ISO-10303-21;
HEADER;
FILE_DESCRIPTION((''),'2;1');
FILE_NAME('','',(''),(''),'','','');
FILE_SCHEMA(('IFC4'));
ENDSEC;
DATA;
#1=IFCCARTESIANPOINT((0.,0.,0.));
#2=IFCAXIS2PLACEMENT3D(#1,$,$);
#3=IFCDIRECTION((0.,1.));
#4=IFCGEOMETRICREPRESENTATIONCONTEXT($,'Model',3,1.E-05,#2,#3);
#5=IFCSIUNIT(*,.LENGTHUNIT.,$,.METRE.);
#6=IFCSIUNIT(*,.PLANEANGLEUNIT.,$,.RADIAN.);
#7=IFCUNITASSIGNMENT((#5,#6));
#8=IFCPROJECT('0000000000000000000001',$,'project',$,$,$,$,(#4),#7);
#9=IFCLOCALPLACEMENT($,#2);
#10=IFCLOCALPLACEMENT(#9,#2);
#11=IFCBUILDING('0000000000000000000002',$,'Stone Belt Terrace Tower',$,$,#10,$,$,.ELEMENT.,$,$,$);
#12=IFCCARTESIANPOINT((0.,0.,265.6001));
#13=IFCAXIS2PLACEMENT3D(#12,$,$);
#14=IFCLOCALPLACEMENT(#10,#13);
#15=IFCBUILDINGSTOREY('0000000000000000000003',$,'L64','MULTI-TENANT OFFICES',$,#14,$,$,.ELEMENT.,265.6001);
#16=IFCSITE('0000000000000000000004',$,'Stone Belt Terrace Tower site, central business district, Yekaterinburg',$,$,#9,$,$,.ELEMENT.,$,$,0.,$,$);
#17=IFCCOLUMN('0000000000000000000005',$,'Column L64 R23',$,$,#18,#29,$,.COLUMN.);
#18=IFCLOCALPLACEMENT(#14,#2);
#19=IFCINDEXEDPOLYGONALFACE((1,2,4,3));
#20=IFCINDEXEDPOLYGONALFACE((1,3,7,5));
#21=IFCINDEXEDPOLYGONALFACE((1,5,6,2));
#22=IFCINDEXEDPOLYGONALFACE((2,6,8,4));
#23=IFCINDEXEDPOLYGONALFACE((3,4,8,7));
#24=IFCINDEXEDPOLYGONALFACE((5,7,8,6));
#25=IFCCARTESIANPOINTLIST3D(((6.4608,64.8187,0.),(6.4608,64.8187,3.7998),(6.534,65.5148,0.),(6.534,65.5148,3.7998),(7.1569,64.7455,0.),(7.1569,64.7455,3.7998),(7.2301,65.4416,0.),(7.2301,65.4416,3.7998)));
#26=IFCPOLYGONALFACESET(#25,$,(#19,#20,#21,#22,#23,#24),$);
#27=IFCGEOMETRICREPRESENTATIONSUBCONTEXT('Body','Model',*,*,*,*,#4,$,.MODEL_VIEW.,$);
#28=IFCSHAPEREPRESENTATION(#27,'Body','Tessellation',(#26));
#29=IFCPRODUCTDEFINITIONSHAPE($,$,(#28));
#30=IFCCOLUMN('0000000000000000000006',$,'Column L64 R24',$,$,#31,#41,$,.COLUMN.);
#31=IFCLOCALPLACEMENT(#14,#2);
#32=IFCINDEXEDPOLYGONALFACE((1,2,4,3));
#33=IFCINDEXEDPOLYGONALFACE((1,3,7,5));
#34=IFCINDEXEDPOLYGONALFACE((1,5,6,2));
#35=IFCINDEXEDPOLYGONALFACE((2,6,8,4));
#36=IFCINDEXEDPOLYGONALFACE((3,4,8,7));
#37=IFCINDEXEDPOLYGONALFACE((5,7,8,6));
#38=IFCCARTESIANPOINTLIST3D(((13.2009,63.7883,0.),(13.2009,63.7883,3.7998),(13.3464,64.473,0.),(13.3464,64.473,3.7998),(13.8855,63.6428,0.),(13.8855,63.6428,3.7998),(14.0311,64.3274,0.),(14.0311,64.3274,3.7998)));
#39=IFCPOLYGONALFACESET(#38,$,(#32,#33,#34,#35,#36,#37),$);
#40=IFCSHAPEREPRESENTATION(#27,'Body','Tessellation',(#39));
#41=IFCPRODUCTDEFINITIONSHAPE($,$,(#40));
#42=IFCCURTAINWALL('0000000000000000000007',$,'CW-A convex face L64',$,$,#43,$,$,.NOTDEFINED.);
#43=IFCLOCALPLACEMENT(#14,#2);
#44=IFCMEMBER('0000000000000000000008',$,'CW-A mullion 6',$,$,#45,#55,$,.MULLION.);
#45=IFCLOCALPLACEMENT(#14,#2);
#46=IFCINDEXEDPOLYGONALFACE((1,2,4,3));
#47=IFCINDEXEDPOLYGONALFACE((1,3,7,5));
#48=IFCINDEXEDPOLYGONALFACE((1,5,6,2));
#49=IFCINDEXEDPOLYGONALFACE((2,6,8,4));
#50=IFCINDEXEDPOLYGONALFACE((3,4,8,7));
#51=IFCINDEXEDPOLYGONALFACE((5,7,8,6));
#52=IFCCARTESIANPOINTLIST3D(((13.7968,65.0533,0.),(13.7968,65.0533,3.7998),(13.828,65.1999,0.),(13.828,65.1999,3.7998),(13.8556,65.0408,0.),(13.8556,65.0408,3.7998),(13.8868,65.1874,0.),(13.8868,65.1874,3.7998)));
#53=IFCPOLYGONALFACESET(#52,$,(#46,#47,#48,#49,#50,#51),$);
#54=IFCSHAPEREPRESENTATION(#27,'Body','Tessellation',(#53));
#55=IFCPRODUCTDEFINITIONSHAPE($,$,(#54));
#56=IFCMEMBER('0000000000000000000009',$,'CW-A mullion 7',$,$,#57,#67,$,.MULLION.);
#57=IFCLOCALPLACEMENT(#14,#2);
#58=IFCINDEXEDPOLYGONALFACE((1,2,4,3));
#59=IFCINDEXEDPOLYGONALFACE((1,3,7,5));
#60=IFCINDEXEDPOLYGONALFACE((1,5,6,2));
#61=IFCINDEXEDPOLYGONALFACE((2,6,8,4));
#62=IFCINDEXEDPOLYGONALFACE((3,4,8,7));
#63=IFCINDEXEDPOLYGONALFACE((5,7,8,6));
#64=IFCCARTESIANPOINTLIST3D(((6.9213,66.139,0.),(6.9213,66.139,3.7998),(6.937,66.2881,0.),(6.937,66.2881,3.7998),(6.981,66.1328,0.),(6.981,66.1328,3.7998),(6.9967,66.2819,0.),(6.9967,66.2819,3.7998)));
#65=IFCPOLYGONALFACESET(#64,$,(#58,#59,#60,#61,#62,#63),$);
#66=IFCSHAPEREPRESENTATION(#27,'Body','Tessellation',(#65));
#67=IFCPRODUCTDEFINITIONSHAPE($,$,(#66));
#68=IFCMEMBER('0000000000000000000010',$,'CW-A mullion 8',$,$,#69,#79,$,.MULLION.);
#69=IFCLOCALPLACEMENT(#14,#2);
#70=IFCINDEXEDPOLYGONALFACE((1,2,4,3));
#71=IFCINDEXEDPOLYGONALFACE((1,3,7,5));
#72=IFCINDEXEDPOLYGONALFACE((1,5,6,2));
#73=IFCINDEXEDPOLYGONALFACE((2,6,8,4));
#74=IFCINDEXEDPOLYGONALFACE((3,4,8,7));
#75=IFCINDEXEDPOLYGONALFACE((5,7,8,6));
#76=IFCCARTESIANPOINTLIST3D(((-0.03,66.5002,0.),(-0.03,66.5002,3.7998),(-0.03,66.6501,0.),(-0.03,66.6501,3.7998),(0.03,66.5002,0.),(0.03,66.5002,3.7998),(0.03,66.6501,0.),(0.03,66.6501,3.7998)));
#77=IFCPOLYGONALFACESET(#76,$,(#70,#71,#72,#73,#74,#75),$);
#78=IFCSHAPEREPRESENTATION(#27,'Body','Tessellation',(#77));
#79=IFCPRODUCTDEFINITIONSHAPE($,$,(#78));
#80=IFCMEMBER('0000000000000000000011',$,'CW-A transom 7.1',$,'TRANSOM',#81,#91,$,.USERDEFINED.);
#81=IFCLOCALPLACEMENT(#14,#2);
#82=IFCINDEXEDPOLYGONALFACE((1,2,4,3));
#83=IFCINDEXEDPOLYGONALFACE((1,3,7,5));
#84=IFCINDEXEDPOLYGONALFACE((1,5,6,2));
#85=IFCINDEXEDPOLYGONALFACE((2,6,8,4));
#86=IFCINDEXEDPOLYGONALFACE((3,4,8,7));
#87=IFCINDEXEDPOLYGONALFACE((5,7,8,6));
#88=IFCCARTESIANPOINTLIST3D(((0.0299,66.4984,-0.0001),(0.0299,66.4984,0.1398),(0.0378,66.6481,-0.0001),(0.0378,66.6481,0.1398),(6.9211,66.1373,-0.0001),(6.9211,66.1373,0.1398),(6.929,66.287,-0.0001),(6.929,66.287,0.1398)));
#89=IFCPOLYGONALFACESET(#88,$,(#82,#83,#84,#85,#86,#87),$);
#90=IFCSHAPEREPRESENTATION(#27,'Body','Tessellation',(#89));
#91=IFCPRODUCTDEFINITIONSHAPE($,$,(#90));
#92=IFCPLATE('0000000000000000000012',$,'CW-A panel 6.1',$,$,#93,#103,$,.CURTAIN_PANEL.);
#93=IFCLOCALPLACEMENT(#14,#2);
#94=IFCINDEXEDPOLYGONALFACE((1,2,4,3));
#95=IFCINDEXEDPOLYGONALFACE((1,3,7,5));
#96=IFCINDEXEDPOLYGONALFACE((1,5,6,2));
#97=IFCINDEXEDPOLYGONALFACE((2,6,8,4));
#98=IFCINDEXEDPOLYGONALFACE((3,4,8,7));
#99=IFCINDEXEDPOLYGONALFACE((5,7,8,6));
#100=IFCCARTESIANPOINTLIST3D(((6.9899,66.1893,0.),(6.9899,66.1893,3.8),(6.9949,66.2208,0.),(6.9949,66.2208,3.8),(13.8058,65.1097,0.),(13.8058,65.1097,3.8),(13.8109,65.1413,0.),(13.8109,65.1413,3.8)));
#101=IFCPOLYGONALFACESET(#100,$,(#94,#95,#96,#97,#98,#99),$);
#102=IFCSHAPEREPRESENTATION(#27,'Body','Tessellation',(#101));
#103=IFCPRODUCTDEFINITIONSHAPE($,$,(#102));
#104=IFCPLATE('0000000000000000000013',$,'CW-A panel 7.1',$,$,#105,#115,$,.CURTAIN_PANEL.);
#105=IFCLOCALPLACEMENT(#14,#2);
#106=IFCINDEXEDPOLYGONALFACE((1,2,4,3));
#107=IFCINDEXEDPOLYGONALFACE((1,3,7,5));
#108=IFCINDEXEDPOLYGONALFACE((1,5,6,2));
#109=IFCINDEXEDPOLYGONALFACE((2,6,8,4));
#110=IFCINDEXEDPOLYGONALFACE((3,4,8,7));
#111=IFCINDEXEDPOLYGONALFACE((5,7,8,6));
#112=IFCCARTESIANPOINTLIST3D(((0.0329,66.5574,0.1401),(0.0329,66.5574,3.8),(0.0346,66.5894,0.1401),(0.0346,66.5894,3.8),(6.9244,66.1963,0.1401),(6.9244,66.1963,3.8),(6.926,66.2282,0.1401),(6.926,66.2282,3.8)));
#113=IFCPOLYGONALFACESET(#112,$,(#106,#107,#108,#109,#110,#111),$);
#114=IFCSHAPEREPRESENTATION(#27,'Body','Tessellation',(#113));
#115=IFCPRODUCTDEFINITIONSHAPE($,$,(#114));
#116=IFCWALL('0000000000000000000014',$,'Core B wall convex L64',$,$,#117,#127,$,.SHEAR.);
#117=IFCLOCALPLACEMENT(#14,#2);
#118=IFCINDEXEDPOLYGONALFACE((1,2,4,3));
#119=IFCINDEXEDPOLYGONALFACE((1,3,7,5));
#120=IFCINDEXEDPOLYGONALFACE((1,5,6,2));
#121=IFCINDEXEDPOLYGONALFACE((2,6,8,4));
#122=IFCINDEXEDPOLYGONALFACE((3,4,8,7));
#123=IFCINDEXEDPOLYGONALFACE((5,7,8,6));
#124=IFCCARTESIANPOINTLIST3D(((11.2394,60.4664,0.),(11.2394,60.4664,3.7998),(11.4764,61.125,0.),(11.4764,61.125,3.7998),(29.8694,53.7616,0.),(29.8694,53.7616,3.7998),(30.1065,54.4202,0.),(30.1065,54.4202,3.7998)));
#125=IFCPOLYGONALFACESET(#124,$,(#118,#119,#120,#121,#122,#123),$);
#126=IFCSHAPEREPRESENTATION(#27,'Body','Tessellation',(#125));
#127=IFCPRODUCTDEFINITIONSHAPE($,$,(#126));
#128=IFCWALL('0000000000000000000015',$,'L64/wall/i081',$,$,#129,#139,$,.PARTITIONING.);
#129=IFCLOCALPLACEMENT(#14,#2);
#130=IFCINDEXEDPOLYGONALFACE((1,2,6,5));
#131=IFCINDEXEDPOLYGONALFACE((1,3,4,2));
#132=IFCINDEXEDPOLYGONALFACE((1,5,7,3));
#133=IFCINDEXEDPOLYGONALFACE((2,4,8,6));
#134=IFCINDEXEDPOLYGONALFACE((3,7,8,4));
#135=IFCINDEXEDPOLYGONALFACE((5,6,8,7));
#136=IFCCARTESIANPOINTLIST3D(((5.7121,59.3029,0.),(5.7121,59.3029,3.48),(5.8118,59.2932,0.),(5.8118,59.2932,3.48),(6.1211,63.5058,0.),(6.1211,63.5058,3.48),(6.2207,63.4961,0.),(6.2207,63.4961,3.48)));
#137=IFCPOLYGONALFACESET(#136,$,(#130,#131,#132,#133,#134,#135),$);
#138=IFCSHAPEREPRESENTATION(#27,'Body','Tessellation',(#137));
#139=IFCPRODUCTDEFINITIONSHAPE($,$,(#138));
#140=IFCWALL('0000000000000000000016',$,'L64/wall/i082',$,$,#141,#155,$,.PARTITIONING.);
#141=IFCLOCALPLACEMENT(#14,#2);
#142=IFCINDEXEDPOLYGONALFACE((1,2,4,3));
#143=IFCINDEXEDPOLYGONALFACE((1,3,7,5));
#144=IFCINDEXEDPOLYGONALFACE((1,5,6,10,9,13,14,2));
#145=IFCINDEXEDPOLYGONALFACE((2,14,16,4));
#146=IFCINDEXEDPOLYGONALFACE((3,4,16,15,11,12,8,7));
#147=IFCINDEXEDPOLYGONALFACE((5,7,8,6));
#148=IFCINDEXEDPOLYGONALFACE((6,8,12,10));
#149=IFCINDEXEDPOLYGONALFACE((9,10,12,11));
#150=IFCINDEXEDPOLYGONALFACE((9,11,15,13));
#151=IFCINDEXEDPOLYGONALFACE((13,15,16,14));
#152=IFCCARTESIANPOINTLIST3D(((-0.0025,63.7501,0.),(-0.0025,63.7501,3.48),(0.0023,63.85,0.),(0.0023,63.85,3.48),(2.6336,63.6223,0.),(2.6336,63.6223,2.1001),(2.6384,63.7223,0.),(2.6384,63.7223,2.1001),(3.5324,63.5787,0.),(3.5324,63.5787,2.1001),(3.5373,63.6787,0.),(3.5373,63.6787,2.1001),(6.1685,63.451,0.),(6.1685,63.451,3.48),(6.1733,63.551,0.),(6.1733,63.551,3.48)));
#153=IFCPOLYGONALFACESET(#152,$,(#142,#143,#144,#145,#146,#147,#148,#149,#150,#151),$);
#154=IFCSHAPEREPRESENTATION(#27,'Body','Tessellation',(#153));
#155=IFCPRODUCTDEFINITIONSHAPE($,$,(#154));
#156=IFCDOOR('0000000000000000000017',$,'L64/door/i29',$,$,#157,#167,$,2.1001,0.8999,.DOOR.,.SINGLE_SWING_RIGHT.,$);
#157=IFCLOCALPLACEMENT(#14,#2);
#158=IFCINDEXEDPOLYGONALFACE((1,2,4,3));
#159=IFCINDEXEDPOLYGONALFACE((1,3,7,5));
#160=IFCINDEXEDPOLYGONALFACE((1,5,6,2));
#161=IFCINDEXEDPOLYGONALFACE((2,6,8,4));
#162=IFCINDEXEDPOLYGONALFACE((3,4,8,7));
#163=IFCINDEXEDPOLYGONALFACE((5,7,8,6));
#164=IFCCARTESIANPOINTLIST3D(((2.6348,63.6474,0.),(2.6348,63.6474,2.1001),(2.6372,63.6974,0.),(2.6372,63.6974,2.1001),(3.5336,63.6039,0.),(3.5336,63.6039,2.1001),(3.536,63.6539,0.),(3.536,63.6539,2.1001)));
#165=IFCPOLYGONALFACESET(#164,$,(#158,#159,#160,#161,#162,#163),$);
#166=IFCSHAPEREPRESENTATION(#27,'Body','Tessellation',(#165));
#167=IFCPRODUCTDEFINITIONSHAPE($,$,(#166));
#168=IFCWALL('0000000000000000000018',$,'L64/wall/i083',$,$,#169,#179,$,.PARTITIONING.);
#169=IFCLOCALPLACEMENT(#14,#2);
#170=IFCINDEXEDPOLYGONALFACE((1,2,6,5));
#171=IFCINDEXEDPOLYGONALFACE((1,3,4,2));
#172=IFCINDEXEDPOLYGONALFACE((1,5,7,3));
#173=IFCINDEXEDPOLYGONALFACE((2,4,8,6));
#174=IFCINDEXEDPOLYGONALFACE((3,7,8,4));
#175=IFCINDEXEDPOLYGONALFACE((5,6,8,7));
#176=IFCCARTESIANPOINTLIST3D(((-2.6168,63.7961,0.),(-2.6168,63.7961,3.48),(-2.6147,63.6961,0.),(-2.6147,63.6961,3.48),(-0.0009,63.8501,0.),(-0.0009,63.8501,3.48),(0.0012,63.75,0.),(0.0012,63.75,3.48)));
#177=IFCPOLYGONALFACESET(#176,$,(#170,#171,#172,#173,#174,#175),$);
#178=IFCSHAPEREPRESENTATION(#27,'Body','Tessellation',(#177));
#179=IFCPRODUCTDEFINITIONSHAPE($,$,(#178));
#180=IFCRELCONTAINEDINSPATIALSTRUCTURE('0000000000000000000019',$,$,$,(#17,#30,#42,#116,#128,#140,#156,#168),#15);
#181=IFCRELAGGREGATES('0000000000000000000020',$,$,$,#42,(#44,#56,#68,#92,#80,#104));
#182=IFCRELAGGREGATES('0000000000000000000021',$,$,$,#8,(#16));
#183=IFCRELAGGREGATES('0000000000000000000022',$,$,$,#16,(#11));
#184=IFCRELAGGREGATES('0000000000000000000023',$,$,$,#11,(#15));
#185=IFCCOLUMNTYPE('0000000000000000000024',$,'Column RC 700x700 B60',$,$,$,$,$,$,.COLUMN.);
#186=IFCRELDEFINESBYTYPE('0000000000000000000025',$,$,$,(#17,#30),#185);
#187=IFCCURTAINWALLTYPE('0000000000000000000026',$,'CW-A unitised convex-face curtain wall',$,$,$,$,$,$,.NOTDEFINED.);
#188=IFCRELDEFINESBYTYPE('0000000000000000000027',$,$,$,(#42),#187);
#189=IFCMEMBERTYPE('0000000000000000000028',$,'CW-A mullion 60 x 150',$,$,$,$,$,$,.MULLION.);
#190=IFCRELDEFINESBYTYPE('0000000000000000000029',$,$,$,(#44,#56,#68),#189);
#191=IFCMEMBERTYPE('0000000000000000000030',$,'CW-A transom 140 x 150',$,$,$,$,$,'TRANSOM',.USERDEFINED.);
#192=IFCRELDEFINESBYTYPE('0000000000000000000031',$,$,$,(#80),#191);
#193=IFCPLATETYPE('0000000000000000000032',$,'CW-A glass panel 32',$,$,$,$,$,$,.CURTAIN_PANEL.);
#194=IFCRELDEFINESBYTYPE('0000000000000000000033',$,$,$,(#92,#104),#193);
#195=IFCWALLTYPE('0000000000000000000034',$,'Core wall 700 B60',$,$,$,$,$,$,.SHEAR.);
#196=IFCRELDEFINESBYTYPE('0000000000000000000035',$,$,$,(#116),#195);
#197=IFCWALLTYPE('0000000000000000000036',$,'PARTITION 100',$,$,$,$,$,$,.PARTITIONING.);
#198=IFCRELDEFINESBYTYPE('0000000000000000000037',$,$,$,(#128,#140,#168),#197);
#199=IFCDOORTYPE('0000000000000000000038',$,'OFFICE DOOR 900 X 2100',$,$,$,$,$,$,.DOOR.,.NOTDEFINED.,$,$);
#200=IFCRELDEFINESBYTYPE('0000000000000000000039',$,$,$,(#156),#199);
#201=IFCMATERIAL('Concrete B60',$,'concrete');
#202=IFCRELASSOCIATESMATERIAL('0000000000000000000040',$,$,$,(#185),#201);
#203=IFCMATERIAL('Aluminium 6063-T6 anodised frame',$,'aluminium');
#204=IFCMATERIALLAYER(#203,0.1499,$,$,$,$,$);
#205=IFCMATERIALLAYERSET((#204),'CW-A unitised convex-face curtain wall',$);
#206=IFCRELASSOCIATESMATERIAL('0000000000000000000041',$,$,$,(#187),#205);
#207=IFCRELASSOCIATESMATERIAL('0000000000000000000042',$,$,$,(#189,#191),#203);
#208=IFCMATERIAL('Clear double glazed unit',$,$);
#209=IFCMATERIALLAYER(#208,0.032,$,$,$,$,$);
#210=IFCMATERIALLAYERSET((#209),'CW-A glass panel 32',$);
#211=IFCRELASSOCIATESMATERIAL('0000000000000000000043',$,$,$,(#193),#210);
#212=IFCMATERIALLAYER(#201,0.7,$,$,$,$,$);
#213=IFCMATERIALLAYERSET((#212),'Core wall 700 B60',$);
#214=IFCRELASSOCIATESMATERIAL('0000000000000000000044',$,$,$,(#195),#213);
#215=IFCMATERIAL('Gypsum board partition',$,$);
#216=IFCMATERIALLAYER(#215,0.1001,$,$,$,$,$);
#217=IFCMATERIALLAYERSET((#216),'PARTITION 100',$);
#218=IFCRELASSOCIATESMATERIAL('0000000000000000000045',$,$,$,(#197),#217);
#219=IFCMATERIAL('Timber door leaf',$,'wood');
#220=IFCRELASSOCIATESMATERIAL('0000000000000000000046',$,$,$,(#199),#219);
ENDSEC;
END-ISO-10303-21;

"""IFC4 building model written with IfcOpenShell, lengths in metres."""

from ifc_helpers import new_model, si_unit, direction, frame, frame_2d, origin, origin_2d, place, context, subcontext, project, spatial, rectangle, extrude, material, layer, layer_set, material_profile, profile_set, type_object, element, fill, aggregate, save


model = new_model("IFC4")

# Units and contexts
model_context = context("Model", 3, precision=1e-05, world=origin(), true_north=direction((0.0, 1.0)))
body_context = subcontext(model_context, "Body", "Model", "MODEL_VIEW")
ifc_project = project(units=[si_unit("LENGTHUNIT", "METRE"), si_unit("PLANEANGLEUNIT", "RADIAN")], contexts=[model_context])

# Site, building, storey
site_placement = place(None, origin())
site = spatial("IfcSite", under=ifc_project, at=site_placement, Name="Stone Belt Terrace Tower site, central business district, Yekaterinburg", CompositionType="ELEMENT", RefElevation=0.0)
building_placement = place(site_placement, origin())
building = spatial("IfcBuilding", under=site, at=building_placement, Name="Stone Belt Terrace Tower", CompositionType="ELEMENT")
storey_placement = place(building_placement, frame((0.0, 0.0, 265.6001)))
storey = spatial("IfcBuildingStorey", under=building, at=storey_placement, Name="L64", Description="MULTI-TENANT OFFICES", CompositionType="ELEMENT", Elevation=265.6001)

# Columns
ifc_material_1 = material(Name="Concrete B60", Category="concrete")
ifc_material_profile_1 = material_profile(ifc_material_1, rectangle(XDim=0.7, YDim=0.7, at=origin_2d()), Name="RC 700x700")
ifc_profile_set_1 = profile_set([ifc_material_profile_1], Name="Concrete B60")
column_type = type_object("IfcColumnType", Name="Column RC 700x700 B60", PredefinedType="COLUMN", material=ifc_profile_set_1)
for number, where, z_axis, x_axis, name in (
    (1, (6.8455, 65.1301, 0.0), (0.0, 0.0, 1.0), (0.994522, -0.104528, 0.0), "Column L64 R23"),
    (2, (13.616, 64.0579, 0.0), (0.0, 0.0, 1.0), (0.978148, -0.207912, 0.0), "Column L64 R24"),
):
    element("IfcColumn", number, at=place(storey_placement, frame(where, z_axis=z_axis, x_axis=x_axis)), inside=storey, type_object=column_type, Name=name, PredefinedType="COLUMN", context=body_context, shape_type="SweptSolid", body=[
        extrude(rectangle(XDim=0.7, YDim=0.7, at=origin_2d()), origin(), (0.0, 0.0, 1.0), 3.7998),
    ])

# Curtain wall, members, plates
ifc_material_2 = material(Name="Aluminium 6063-T6 anodised frame", Category="aluminium")
ifc_layer_1 = layer(ifc_material_2, 0.1499)
ifc_layer_set_1 = layer_set([ifc_layer_1], Name="CW-A unitised convex-face curtain wall")
curtain_wall_type = type_object("IfcCurtainWallType", Name="CW-A unitised convex-face curtain wall", PredefinedType="NOTDEFINED", material=ifc_layer_set_1)
curtain_wall_placement = place(storey_placement, origin())
curtain_wall = element("IfcCurtainWall", 3, at=curtain_wall_placement, inside=storey, type_object=curtain_wall_type, Name="CW-A convex face L64", PredefinedType="NOTDEFINED")
ifc_material_profile_2 = material_profile(ifc_material_2, rectangle(XDim=0.1499, YDim=0.0601, at=origin_2d()), Name="Aluminium 6063-T6 60x150")
ifc_profile_set_2 = profile_set([ifc_material_profile_2], Name="Aluminium 6063-T6 anodised frame")
member_type_1 = type_object("IfcMemberType", Name="CW-A mullion 60 x 150", PredefinedType="MULLION", material=ifc_profile_set_2)
member_1_placement = place(storey_placement, frame((13.8418, 65.1204, 0.0), z_axis=(0.0, 0.0, 1.0), x_axis=(-0.207912, -0.978148, 0.0)))
member_1 = element("IfcMember", 4, at=member_1_placement, type_object=member_type_1, Name="CW-A mullion 6", PredefinedType="MULLION", context=body_context, shape_type="SweptSolid", body=[
    extrude(rectangle(XDim=0.1499, YDim=0.0601, at=origin_2d()), origin(), (0.0, 0.0, 1.0), 3.7998),
])
member_2_placement = place(storey_placement, frame((6.959, 66.2104, 0.0), z_axis=(0.0, 0.0, 1.0), x_axis=(-0.104528, -0.994522, 0.0)))
member_2 = element("IfcMember", 5, at=member_2_placement, type_object=member_type_1, Name="CW-A mullion 7", PredefinedType="MULLION", context=body_context, shape_type="SweptSolid", body=[
    extrude(rectangle(XDim=0.1499, YDim=0.0601, at=origin_2d()), origin(), (0.0, 0.0, 1.0), 3.7998),
])
member_3_placement = place(storey_placement, frame((0.0, 66.5752, 0.0), z_axis=(0.0, 0.0, 1.0), x_axis=(0.0, -1.0, 0.0)))
member_3 = element("IfcMember", 6, at=member_3_placement, type_object=member_type_1, Name="CW-A mullion 8", PredefinedType="MULLION", context=body_context, shape_type="SweptSolid", body=[
    extrude(rectangle(XDim=0.1499, YDim=0.0601, at=origin_2d()), origin(), (0.0, 0.0, 1.0), 3.7998),
])
ifc_material_profile_3 = material_profile(ifc_material_2, rectangle(XDim=0.1499, YDim=0.1399, at=origin_2d()), Name="Aluminium 6063-T6 150x140")
ifc_profile_set_3 = profile_set([ifc_material_profile_3], Name="Aluminium 6063-T6 anodised frame")
member_type_2 = type_object("IfcMemberType", Name="CW-A transom 140 x 150", ElementType="TRANSOM", PredefinedType="USERDEFINED", material=ifc_profile_set_3)
member_4_placement = place(storey_placement, frame((6.925, 66.2122, 0.0698), z_axis=(-0.99863, 0.052327, 0.0), x_axis=(-0.052327, -0.99863, 0.0)))
member_4 = element("IfcMember", 7, at=member_4_placement, type_object=member_type_2, Name="CW-A transom 7.1", ObjectType="TRANSOM", PredefinedType="USERDEFINED", context=body_context, shape_type="SweptSolid", body=[
    extrude(rectangle(XDim=0.1499, YDim=0.1399, at=origin_2d()), origin(), (0.0, 0.0, 1.0), 6.9006),
])
ifc_material_3 = material(Name="Clear double glazed unit")
ifc_layer_2 = layer(ifc_material_3, 0.032)
ifc_layer_set_2 = layer_set([ifc_layer_2], Name="CW-A glass panel 32")
plate_type = type_object("IfcPlateType", Name="CW-A glass panel 32", PredefinedType="CURTAIN_PANEL", material=ifc_layer_set_2)
plate_1_placement = place(storey_placement, frame((10.4004, 65.6653, 0.0), z_axis=(0.0, 0.0, 1.0), x_axis=(-0.987688, 0.156434, 0.0)))
plate_1 = element("IfcPlate", 8, at=plate_1_placement, type_object=plate_type, Name="CW-A panel 6.1", PredefinedType="CURTAIN_PANEL", context=body_context, shape_type="SweptSolid", body=[
    extrude(rectangle(XDim=6.9009, YDim=0.032, at=origin_2d()), origin(), (0.0, 0.0, 1.0), 3.8),
])
plate_2_placement = place(storey_placement, frame((3.4795, 66.3928, 0.1401), z_axis=(0.0, 0.0, 1.0), x_axis=(-0.99863, 0.052336, 0.0)))
plate_2 = element("IfcPlate", 9, at=plate_2_placement, type_object=plate_type, Name="CW-A panel 7.1", PredefinedType="CURTAIN_PANEL", context=body_context, shape_type="SweptSolid", body=[
    extrude(rectangle(XDim=6.9009, YDim=0.032, at=origin_2d()), origin(), (0.0, 0.0, 1.0), 3.6599),
])
aggregate(curtain_wall, [member_1, member_2, member_3, plate_1, member_4, plate_2])

# Walls
ifc_layer_3 = layer(ifc_material_1, 0.7)
ifc_layer_set_3 = layer_set([ifc_layer_3], Name="Core wall 700 B60")
wall_type_1 = type_object("IfcWallType", Name="Core wall 700 B60", PredefinedType="SHEAR", material=ifc_layer_set_3)
wall_1_placement = place(storey_placement, frame((11.3579, 60.7957, 0.0), z_axis=(0.0, 0.0, 1.0), x_axis=(0.94092, -0.33863, 0.0)))
element("IfcWall", 10, at=wall_1_placement, inside=storey, type_object=wall_type_1, Name="Core B wall convex L64", PredefinedType="SHEAR", context=body_context, shape_type="SweptSolid", body=[
    extrude(rectangle(XDim=19.7998, YDim=0.7, at=frame_2d((9.8999, 0.0))), origin(), (0.0, 0.0, 1.0), 3.7998),
])
ifc_material_4 = material(Name="Gypsum board partition")
ifc_layer_4 = layer(ifc_material_4, 0.1001)
ifc_layer_set_4 = layer_set([ifc_layer_4], Name="PARTITION 100")
wall_type_2 = type_object("IfcWallType", Name="PARTITION 100", PredefinedType="PARTITIONING", material=ifc_layer_set_4)
wall_2_placement = place(storey_placement, frame((5.762, 59.2981, 0.0), z_axis=(0.0, 0.0, 1.0), x_axis=(0.096842, 0.9953, 0.0)))
element("IfcWall", 11, at=wall_2_placement, inside=storey, type_object=wall_type_2, Name="L64/wall/i081", PredefinedType="PARTITIONING", context=body_context, shape_type="SweptSolid", body=[
    extrude(rectangle(XDim=4.2227, YDim=0.1001, at=frame_2d((2.1113, 0.0))), origin(), (0.0, 0.0, 1.0), 3.48),
])

# Wall, opening, door
wall_3_placement = place(storey_placement, frame((6.1709, 63.501, 0.0), z_axis=(0.0, 0.0, 1.0), x_axis=(-0.998828, 0.048408, 0.0)))
wall_3 = element("IfcWall", 12, at=wall_3_placement, inside=storey, type_object=wall_type_2, Name="L64/wall/i082", PredefinedType="PARTITIONING", context=body_context, shape_type="SweptSolid", body=[
    extrude(rectangle(XDim=6.1782, YDim=0.1001, at=frame_2d((3.0891, 0.0))), origin(), (0.0, 0.0, 1.0), 3.48),
])
opening_1_placement = place(wall_3_placement, frame((2.6392, 0.0, 0.0)))
opening_1 = element("IfcOpeningElement", 13, at=opening_1_placement, cuts=wall_3, PredefinedType="OPENING", context=body_context, shape_type="SweptSolid", body=[
    extrude(rectangle(XDim=0.8999, YDim=2.1001, at=frame_2d((0.45, 1.05))), frame((0.0, 0.0601, 0.0), z_axis=(0.0, -1.0, 0.0), x_axis=(1.0, 0.0, 0.0)), (0.0, 0.0, 1.0), 0.1201),
])
ifc_material_5 = material(Name="Timber door leaf", Category="wood")
door_type_1 = type_object("IfcDoorType", Name="OFFICE DOOR 900 X 2100", OperationType="NOTDEFINED", PredefinedType="DOOR", material=ifc_material_5)
door_1_placement = place(opening_1_placement, origin())
door_1 = element("IfcDoor", 14, at=door_1_placement, inside=storey, type_object=door_type_1, Name="L64/door/i29", OperationType="SINGLE_SWING_RIGHT", OverallHeight=2.1001, OverallWidth=0.8999, PredefinedType="DOOR", context=body_context, shape_type="SweptSolid", body=[
    extrude(rectangle(XDim=0.8999, YDim=2.1001, at=frame_2d((0.45, 1.05))), frame((0.0, 0.0249, 0.0), z_axis=(0.0, -1.0, 0.0), x_axis=(1.0, 0.0, 0.0)), (0.0, 0.0, 1.0), 0.05),
])
fill(opening_1, door_1)

# Wall
wall_4_placement = place(storey_placement, frame((0.0, 63.8, 0.0), z_axis=(0.0, 0.0, 1.0), x_axis=(-0.999787, -0.020621, 0.0)))
element("IfcWall", 15, at=wall_4_placement, inside=storey, type_object=wall_type_2, Name="L64/wall/i083", PredefinedType="PARTITIONING", context=body_context, shape_type="SweptSolid", body=[
    extrude(rectangle(XDim=2.6165, YDim=0.1001, at=frame_2d((1.3081, 0.0))), origin(), (0.0, 0.0, 1.0), 3.48),
])

save(model, "model.ifc")
